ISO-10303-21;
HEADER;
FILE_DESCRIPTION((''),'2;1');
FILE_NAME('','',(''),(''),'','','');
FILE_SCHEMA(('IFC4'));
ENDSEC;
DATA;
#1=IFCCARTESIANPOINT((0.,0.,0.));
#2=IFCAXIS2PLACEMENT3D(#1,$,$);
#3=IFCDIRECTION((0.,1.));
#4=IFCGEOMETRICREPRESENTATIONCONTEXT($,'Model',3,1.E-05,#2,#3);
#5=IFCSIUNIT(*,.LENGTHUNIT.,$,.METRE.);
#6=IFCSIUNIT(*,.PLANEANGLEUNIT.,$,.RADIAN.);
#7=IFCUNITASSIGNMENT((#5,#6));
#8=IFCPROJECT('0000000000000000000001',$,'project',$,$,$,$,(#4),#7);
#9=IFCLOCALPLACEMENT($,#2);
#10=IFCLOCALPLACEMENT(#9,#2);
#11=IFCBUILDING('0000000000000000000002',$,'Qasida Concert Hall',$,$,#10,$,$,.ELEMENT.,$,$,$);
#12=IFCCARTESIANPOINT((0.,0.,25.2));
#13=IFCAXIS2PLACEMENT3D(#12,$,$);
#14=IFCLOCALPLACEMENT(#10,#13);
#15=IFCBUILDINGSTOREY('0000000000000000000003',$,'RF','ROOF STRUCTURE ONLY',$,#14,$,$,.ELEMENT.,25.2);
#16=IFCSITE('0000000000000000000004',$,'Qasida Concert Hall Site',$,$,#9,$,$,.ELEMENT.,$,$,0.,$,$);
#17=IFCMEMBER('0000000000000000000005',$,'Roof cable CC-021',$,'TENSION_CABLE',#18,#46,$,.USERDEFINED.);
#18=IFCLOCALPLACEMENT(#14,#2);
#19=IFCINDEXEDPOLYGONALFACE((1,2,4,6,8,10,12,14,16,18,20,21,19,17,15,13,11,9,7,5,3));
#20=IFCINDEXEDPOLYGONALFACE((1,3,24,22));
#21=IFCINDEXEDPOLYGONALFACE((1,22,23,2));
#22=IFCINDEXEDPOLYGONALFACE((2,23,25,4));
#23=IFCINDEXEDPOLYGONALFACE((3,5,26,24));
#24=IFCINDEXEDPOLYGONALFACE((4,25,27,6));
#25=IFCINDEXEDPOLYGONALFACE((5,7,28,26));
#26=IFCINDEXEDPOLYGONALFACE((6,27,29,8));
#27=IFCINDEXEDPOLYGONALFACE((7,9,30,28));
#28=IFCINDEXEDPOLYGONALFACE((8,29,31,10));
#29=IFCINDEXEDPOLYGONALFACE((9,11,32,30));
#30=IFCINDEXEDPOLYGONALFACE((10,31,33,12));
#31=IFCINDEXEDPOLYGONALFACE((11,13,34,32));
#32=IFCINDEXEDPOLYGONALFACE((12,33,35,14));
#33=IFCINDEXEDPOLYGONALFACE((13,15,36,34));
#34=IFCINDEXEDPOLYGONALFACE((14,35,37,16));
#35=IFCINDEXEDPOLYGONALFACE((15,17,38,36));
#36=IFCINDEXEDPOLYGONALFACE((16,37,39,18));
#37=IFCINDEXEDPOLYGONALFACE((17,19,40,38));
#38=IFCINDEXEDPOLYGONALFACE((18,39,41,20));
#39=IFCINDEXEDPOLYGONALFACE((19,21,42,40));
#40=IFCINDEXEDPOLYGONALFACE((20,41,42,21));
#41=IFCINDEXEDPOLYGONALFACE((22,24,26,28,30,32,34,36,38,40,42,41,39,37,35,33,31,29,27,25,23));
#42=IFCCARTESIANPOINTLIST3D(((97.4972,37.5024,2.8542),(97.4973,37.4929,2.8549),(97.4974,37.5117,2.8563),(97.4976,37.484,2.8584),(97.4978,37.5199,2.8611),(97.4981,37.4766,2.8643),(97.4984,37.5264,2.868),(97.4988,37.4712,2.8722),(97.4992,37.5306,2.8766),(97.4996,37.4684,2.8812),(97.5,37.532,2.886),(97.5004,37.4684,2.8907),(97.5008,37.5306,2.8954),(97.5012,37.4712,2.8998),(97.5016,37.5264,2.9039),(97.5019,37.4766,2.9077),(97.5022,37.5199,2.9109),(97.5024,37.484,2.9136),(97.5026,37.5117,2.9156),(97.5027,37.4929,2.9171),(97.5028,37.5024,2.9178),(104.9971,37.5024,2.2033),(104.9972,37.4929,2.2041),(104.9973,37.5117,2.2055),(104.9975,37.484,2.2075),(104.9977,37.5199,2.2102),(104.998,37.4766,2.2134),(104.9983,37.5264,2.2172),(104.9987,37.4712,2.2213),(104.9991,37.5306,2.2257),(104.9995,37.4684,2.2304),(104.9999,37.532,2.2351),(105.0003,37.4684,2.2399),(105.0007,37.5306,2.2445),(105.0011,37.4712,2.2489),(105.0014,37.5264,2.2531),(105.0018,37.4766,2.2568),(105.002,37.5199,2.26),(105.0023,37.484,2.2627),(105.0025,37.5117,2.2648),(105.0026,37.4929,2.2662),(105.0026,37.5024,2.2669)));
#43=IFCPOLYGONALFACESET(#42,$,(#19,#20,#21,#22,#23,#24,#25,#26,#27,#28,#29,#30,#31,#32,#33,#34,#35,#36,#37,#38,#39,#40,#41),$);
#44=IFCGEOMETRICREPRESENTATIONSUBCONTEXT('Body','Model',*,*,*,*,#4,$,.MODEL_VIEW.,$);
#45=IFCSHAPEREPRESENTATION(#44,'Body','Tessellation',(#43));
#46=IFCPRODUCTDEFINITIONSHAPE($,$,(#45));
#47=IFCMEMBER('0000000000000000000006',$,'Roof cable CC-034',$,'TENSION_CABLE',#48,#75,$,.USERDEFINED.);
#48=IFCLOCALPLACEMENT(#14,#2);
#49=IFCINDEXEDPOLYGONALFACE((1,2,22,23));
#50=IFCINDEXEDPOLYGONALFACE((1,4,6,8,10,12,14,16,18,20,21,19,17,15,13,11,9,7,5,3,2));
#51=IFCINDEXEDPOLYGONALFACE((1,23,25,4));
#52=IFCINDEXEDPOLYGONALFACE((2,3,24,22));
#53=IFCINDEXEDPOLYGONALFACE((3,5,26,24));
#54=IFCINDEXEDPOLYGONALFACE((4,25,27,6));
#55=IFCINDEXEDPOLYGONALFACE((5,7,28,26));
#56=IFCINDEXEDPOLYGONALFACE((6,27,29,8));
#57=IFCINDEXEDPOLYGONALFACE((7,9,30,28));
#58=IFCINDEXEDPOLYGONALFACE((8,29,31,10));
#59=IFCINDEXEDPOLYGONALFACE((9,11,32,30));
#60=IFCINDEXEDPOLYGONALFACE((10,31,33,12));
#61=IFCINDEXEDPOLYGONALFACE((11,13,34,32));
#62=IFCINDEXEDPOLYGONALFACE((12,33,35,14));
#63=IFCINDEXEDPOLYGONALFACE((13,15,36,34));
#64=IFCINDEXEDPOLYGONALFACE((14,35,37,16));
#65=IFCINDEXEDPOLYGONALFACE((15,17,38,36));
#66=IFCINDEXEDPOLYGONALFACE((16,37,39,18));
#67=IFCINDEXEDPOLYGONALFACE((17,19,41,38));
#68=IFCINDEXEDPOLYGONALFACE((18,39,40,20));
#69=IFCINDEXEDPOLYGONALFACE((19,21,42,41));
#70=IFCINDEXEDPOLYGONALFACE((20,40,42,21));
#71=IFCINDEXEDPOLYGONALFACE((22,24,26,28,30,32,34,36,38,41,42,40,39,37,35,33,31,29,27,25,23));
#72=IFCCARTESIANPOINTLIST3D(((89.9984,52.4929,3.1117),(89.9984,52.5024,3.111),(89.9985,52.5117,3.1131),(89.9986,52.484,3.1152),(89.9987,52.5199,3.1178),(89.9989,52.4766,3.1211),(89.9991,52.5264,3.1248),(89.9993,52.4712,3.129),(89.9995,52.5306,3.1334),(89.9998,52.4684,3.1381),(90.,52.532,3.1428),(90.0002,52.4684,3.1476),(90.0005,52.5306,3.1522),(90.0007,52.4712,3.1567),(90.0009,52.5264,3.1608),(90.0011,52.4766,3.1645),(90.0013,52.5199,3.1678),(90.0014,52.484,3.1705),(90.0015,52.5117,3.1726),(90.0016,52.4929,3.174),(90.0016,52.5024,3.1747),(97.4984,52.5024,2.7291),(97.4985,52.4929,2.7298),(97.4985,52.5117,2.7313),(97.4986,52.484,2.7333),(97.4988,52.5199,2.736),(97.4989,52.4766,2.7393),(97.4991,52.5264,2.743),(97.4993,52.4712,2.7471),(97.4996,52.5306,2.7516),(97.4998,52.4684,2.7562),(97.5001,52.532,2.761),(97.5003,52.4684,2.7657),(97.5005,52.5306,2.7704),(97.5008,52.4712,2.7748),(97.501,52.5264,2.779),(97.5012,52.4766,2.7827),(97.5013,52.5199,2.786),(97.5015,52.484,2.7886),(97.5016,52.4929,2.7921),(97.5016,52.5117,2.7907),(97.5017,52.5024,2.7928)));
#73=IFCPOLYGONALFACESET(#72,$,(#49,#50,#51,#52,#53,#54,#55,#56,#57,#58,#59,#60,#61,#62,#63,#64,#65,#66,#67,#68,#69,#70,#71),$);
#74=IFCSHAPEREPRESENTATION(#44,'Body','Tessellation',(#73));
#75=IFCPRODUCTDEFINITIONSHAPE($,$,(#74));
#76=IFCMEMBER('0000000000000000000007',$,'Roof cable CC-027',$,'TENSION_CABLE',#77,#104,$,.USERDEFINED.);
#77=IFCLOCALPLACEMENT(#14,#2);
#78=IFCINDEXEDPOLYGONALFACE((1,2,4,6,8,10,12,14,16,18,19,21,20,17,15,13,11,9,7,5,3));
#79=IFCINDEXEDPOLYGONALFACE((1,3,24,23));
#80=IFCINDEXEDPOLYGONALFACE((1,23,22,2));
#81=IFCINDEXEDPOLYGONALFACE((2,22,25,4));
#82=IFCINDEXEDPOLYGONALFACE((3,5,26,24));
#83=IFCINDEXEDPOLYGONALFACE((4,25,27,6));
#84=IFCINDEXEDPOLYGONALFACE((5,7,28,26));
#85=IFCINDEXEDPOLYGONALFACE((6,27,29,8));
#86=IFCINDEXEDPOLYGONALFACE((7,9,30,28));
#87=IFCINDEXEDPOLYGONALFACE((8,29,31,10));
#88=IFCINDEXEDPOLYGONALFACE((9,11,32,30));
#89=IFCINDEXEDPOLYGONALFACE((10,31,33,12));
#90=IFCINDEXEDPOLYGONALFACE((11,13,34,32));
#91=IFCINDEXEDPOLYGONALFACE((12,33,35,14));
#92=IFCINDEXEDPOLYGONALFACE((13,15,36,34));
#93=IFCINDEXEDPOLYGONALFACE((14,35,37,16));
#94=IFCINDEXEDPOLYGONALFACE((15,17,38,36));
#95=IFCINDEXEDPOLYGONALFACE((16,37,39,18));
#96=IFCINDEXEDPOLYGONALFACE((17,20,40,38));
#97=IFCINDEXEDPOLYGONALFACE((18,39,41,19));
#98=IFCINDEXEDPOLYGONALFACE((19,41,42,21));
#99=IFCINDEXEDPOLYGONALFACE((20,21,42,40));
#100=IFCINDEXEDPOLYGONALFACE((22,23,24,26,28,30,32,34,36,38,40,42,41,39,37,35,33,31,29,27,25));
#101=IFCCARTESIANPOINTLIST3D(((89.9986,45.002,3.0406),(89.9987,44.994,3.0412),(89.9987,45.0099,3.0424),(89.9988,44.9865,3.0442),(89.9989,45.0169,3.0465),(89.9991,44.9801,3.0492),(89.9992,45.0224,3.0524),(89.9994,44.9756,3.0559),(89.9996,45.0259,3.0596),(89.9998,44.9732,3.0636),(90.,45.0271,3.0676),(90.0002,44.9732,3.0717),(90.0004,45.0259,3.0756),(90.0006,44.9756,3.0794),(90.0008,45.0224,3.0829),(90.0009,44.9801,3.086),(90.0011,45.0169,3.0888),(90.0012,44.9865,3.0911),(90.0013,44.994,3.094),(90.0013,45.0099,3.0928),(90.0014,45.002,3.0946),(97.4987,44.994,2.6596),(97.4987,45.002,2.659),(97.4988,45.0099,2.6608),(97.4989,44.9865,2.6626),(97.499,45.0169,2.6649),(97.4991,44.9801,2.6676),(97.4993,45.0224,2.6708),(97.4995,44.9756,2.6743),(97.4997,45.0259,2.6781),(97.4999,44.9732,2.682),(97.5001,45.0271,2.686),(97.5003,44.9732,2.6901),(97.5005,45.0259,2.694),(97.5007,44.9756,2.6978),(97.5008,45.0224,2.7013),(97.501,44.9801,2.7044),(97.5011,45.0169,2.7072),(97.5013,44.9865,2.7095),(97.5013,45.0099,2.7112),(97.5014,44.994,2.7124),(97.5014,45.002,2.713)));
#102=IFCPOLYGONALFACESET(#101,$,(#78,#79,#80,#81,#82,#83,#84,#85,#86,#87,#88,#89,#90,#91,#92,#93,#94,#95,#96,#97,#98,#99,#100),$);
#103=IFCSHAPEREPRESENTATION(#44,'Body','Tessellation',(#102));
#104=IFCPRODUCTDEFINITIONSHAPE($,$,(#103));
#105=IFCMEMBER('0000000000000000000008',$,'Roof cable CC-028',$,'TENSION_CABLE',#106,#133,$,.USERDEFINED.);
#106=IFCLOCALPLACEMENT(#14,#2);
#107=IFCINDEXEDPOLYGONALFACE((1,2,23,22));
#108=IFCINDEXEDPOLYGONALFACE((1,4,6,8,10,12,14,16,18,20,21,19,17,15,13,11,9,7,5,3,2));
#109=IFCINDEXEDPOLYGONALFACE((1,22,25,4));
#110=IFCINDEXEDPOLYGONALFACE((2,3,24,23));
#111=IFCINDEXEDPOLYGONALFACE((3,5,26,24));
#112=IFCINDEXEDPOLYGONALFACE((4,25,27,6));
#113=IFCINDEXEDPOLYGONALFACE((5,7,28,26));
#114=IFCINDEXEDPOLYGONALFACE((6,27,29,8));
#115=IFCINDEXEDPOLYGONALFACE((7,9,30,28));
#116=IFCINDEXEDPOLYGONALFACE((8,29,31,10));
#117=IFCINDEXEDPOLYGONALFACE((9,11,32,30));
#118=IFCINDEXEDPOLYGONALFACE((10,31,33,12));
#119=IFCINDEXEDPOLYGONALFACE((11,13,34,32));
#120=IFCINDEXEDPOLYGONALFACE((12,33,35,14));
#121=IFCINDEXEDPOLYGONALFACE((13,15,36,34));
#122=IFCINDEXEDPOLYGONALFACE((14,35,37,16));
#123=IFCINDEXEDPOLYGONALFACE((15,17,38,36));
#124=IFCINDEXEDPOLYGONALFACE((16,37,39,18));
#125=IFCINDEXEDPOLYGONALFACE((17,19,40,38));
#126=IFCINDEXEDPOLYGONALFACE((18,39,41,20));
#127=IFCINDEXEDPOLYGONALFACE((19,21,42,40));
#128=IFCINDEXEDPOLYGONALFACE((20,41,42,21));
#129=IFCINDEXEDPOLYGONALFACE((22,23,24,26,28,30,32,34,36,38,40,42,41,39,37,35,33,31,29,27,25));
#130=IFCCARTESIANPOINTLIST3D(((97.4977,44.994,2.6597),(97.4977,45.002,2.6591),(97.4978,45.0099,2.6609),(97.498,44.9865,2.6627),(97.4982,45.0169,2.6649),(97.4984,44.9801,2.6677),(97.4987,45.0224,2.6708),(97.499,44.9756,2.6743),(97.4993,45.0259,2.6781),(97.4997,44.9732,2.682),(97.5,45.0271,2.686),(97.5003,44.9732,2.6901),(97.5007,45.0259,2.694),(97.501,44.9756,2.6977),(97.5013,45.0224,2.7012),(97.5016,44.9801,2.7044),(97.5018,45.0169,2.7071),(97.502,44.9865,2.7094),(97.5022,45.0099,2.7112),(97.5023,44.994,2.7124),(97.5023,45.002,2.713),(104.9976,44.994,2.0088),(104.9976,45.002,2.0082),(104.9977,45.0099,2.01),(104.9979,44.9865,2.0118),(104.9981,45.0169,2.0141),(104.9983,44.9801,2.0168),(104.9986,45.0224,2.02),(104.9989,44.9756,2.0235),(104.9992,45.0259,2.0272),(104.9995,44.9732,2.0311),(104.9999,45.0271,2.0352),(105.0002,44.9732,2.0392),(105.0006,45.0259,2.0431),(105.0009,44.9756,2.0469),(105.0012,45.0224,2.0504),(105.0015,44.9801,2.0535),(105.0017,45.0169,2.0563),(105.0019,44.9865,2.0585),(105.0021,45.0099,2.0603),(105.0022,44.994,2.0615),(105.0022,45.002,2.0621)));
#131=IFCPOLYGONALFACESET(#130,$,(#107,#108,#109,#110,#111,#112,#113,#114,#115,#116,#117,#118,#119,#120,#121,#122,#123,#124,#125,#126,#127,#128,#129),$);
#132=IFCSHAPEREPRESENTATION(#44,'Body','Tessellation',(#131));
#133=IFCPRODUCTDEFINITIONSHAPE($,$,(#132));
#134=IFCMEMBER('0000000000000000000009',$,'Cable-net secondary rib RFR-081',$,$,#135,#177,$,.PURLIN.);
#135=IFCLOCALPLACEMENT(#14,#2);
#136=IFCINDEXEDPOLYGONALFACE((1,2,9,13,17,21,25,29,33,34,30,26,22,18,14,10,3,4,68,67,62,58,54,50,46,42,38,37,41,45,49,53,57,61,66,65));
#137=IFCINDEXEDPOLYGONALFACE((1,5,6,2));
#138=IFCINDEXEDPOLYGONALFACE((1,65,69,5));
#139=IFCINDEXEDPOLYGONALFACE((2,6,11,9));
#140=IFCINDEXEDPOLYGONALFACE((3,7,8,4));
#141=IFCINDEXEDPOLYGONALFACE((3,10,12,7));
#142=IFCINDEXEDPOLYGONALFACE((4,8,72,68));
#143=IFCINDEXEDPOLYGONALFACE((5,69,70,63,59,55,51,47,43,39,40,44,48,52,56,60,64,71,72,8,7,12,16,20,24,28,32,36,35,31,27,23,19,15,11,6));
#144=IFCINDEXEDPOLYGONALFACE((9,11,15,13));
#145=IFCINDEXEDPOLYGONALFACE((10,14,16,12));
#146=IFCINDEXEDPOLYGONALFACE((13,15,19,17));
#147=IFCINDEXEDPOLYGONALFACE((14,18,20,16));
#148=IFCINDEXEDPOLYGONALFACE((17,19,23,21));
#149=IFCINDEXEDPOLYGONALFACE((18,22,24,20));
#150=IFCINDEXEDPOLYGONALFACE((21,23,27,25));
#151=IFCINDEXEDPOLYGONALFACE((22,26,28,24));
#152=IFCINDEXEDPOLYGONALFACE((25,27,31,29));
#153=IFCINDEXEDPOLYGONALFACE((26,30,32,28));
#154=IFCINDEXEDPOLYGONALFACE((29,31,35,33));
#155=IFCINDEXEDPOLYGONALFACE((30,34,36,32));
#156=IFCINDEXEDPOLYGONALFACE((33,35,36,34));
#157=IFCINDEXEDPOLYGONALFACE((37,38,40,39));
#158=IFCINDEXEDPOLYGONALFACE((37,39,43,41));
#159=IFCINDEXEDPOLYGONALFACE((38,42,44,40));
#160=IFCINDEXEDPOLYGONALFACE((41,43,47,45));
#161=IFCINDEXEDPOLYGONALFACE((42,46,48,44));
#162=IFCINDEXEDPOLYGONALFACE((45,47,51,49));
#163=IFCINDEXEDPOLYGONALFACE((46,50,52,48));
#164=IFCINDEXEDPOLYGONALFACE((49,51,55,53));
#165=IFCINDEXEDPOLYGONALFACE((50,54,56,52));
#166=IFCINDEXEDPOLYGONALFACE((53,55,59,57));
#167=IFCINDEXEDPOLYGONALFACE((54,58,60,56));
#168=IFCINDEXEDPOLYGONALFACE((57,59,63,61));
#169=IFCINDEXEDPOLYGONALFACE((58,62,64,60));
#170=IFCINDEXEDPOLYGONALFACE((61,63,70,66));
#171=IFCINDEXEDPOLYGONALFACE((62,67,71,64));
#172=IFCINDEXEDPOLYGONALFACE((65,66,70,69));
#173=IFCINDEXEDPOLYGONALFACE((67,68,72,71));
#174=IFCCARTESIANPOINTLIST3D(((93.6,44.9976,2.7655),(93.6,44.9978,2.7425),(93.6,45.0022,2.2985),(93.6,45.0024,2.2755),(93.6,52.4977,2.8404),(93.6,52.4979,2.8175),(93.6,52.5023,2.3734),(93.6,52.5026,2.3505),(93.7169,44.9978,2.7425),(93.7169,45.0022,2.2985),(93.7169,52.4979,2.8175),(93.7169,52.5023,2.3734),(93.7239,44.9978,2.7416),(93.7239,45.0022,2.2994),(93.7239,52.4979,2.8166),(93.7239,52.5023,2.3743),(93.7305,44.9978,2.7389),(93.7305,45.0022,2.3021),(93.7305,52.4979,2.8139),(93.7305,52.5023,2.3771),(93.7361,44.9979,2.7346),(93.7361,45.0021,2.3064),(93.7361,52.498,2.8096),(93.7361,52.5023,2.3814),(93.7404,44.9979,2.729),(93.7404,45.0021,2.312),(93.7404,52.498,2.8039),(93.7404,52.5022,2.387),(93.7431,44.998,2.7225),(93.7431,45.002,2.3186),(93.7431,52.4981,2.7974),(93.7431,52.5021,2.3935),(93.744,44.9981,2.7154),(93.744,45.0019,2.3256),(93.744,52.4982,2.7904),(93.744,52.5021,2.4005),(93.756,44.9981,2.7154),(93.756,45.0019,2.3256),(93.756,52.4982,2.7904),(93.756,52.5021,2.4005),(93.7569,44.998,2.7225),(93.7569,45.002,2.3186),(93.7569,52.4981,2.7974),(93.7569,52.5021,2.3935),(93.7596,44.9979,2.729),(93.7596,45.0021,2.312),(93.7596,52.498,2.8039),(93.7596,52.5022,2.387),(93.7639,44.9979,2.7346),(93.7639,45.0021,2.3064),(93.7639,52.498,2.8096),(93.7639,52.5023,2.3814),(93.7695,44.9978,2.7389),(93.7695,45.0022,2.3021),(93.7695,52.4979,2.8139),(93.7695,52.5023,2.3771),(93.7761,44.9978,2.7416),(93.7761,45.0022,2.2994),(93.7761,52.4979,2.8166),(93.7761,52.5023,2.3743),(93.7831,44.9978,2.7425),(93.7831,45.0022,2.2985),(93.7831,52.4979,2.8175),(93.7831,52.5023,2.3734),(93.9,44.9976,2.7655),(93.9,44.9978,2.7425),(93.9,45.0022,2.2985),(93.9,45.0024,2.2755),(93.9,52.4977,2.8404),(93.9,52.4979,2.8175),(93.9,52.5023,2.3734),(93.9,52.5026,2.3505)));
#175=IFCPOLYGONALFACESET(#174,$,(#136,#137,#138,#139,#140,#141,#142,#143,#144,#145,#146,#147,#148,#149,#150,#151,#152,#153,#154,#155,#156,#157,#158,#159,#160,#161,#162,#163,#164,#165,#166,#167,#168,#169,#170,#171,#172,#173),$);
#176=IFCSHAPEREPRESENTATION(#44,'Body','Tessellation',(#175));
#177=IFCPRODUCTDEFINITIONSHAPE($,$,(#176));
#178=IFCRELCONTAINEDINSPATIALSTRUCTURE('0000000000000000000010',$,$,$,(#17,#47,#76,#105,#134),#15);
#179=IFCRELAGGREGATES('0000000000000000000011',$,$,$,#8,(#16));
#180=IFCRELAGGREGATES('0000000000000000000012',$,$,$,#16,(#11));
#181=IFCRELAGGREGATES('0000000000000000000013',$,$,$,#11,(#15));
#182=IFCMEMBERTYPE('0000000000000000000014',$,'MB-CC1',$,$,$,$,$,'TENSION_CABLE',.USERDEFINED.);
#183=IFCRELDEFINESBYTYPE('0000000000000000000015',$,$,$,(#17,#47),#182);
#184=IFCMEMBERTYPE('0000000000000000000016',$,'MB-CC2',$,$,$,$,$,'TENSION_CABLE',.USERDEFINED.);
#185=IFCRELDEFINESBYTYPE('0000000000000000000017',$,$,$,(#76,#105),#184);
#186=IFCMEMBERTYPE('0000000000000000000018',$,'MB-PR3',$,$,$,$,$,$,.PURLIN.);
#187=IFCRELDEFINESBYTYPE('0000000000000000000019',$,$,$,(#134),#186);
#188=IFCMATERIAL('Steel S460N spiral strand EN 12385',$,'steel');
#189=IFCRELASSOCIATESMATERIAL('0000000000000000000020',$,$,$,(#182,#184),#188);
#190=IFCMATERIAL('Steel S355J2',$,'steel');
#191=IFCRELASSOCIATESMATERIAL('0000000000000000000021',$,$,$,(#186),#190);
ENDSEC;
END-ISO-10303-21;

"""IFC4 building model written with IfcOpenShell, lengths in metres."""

from ifc_helpers import new_model, si_unit, direction, frame, origin, origin_2d, place, context, subcontext, project, spatial, circle, i_section, extrude, material, material_profile, profile_set, type_object, element, save


model = new_model("IFC4")

# Units and contexts
model_context = context("Model", 3, precision=1e-05, world=origin(), true_north=direction((0.0, 1.0)))
body_context = subcontext(model_context, "Body", "Model", "MODEL_VIEW")
ifc_project = project(units=[si_unit("LENGTHUNIT", "METRE"), si_unit("PLANEANGLEUNIT", "RADIAN")], contexts=[model_context])

# Site, building, storey
site_placement = place(None, origin())
site = spatial("IfcSite", under=ifc_project, at=site_placement, Name="Qasida Concert Hall Site", CompositionType="ELEMENT", RefElevation=0.0)
building_placement = place(site_placement, origin())
building = spatial("IfcBuilding", under=site, at=building_placement, Name="Qasida Concert Hall", CompositionType="ELEMENT")
storey_placement = place(building_placement, frame((0.0, 0.0, 25.2)))
storey = spatial("IfcBuildingStorey", under=building, at=storey_placement, Name="RF", Description="ROOF STRUCTURE ONLY", CompositionType="ELEMENT", Elevation=25.2)

# Members
ifc_material_1 = material(Name="Steel S460N spiral strand EN 12385", Category="steel")
ifc_material_profile_1 = material_profile(ifc_material_1, circle(Radius=0.032, at=origin_2d()), Name="STRAND D64")
ifc_profile_set_1 = profile_set([ifc_material_profile_1], Name="Steel S460N spiral strand EN 12385")
member_type_1 = type_object("IfcMemberType", Name="MB-CC1", ElementType="TENSION_CABLE", PredefinedType="USERDEFINED", material=ifc_profile_set_1)
member_1_placement = place(storey_placement, frame((97.5, 37.5, 2.886), z_axis=(0.996255, 0.0, -0.086459), x_axis=(0.0, 1.0, 0.0)))
element("IfcMember", 1, at=member_1_placement, inside=storey, type_object=member_type_1, Name="Roof cable CC-021", ObjectType="TENSION_CABLE", PredefinedType="USERDEFINED", context=body_context, shape_type="SweptSolid", body=[
    extrude(circle(Radius=0.032, at=origin_2d()), origin(), (0.0, 0.0, 1.0), 7.5281),
])
member_2_placement = place(storey_placement, frame((90.0, 52.5, 3.1428), z_axis=(0.998707, 0.0, -0.050846), x_axis=(0.0, 1.0, 0.0)))
element("IfcMember", 2, at=member_2_placement, inside=storey, type_object=member_type_1, Name="Roof cable CC-034", ObjectType="TENSION_CABLE", PredefinedType="USERDEFINED", context=body_context, shape_type="SweptSolid", body=[
    extrude(circle(Radius=0.032, at=origin_2d()), origin(), (0.0, 0.0, 1.0), 7.5098),
])
ifc_material_profile_2 = material_profile(ifc_material_1, circle(Radius=0.0271, at=origin_2d()), Name="STRAND D54")
ifc_profile_set_2 = profile_set([ifc_material_profile_2], Name="Steel S460N spiral strand EN 12385")
member_type_2 = type_object("IfcMemberType", Name="MB-CC2", ElementType="TENSION_CABLE", PredefinedType="USERDEFINED", material=ifc_profile_set_2)
member_3_placement = place(storey_placement, frame((90.0, 45.0, 3.0676), z_axis=(0.998708, 0.0, -0.050813), x_axis=(0.0, 1.0, 0.0)))
element("IfcMember", 3, at=member_3_placement, inside=storey, type_object=member_type_2, Name="Roof cable CC-027", ObjectType="TENSION_CABLE", PredefinedType="USERDEFINED", context=body_context, shape_type="SweptSolid", body=[
    extrude(circle(Radius=0.0271, at=origin_2d()), origin(), (0.0, 0.0, 1.0), 7.5098),
])
member_4_placement = place(storey_placement, frame((97.5, 45.0, 2.686), z_axis=(0.996255, 0.0, -0.086459), x_axis=(0.0, 1.0, 0.0)))
element("IfcMember", 4, at=member_4_placement, inside=storey, type_object=member_type_2, Name="Roof cable CC-028", ObjectType="TENSION_CABLE", PredefinedType="USERDEFINED", context=body_context, shape_type="SweptSolid", body=[
    extrude(circle(Radius=0.0271, at=origin_2d()), origin(), (0.0, 0.0, 1.0), 7.5281),
])
ifc_material_2 = material(Name="Steel S355J2", Category="steel")
ifc_material_profile_3 = material_profile(ifc_material_2, i_section(OverallWidth=0.3, OverallDepth=0.49, WebThickness=0.012, FlangeThickness=0.0229, FilletRadius=0.0271, at=origin_2d()), Name="HEA 500")
ifc_profile_set_3 = profile_set([ifc_material_profile_3], Name="Steel S355J2")
member_type_3 = type_object("IfcMemberType", Name="MB-PR3", PredefinedType="PURLIN", material=ifc_profile_set_3)
member_5_placement = place(storey_placement, frame((93.75, 45.0, 2.5205), z_axis=(0.0, 0.99995, 0.009993), x_axis=(-1.0, 0.0, 0.0)))
element("IfcMember", 5, at=member_5_placement, inside=storey, type_object=member_type_3, Name="Cable-net secondary rib RFR-081", PredefinedType="PURLIN", context=body_context, shape_type="SweptSolid", body=[
    extrude(i_section(OverallWidth=0.3, OverallDepth=0.49, WebThickness=0.012, FlangeThickness=0.0229, FilletRadius=0.0271, at=origin_2d()), origin(), (0.0, 0.0, 1.0), 7.5005),
])

save(model, "model.ifc")
